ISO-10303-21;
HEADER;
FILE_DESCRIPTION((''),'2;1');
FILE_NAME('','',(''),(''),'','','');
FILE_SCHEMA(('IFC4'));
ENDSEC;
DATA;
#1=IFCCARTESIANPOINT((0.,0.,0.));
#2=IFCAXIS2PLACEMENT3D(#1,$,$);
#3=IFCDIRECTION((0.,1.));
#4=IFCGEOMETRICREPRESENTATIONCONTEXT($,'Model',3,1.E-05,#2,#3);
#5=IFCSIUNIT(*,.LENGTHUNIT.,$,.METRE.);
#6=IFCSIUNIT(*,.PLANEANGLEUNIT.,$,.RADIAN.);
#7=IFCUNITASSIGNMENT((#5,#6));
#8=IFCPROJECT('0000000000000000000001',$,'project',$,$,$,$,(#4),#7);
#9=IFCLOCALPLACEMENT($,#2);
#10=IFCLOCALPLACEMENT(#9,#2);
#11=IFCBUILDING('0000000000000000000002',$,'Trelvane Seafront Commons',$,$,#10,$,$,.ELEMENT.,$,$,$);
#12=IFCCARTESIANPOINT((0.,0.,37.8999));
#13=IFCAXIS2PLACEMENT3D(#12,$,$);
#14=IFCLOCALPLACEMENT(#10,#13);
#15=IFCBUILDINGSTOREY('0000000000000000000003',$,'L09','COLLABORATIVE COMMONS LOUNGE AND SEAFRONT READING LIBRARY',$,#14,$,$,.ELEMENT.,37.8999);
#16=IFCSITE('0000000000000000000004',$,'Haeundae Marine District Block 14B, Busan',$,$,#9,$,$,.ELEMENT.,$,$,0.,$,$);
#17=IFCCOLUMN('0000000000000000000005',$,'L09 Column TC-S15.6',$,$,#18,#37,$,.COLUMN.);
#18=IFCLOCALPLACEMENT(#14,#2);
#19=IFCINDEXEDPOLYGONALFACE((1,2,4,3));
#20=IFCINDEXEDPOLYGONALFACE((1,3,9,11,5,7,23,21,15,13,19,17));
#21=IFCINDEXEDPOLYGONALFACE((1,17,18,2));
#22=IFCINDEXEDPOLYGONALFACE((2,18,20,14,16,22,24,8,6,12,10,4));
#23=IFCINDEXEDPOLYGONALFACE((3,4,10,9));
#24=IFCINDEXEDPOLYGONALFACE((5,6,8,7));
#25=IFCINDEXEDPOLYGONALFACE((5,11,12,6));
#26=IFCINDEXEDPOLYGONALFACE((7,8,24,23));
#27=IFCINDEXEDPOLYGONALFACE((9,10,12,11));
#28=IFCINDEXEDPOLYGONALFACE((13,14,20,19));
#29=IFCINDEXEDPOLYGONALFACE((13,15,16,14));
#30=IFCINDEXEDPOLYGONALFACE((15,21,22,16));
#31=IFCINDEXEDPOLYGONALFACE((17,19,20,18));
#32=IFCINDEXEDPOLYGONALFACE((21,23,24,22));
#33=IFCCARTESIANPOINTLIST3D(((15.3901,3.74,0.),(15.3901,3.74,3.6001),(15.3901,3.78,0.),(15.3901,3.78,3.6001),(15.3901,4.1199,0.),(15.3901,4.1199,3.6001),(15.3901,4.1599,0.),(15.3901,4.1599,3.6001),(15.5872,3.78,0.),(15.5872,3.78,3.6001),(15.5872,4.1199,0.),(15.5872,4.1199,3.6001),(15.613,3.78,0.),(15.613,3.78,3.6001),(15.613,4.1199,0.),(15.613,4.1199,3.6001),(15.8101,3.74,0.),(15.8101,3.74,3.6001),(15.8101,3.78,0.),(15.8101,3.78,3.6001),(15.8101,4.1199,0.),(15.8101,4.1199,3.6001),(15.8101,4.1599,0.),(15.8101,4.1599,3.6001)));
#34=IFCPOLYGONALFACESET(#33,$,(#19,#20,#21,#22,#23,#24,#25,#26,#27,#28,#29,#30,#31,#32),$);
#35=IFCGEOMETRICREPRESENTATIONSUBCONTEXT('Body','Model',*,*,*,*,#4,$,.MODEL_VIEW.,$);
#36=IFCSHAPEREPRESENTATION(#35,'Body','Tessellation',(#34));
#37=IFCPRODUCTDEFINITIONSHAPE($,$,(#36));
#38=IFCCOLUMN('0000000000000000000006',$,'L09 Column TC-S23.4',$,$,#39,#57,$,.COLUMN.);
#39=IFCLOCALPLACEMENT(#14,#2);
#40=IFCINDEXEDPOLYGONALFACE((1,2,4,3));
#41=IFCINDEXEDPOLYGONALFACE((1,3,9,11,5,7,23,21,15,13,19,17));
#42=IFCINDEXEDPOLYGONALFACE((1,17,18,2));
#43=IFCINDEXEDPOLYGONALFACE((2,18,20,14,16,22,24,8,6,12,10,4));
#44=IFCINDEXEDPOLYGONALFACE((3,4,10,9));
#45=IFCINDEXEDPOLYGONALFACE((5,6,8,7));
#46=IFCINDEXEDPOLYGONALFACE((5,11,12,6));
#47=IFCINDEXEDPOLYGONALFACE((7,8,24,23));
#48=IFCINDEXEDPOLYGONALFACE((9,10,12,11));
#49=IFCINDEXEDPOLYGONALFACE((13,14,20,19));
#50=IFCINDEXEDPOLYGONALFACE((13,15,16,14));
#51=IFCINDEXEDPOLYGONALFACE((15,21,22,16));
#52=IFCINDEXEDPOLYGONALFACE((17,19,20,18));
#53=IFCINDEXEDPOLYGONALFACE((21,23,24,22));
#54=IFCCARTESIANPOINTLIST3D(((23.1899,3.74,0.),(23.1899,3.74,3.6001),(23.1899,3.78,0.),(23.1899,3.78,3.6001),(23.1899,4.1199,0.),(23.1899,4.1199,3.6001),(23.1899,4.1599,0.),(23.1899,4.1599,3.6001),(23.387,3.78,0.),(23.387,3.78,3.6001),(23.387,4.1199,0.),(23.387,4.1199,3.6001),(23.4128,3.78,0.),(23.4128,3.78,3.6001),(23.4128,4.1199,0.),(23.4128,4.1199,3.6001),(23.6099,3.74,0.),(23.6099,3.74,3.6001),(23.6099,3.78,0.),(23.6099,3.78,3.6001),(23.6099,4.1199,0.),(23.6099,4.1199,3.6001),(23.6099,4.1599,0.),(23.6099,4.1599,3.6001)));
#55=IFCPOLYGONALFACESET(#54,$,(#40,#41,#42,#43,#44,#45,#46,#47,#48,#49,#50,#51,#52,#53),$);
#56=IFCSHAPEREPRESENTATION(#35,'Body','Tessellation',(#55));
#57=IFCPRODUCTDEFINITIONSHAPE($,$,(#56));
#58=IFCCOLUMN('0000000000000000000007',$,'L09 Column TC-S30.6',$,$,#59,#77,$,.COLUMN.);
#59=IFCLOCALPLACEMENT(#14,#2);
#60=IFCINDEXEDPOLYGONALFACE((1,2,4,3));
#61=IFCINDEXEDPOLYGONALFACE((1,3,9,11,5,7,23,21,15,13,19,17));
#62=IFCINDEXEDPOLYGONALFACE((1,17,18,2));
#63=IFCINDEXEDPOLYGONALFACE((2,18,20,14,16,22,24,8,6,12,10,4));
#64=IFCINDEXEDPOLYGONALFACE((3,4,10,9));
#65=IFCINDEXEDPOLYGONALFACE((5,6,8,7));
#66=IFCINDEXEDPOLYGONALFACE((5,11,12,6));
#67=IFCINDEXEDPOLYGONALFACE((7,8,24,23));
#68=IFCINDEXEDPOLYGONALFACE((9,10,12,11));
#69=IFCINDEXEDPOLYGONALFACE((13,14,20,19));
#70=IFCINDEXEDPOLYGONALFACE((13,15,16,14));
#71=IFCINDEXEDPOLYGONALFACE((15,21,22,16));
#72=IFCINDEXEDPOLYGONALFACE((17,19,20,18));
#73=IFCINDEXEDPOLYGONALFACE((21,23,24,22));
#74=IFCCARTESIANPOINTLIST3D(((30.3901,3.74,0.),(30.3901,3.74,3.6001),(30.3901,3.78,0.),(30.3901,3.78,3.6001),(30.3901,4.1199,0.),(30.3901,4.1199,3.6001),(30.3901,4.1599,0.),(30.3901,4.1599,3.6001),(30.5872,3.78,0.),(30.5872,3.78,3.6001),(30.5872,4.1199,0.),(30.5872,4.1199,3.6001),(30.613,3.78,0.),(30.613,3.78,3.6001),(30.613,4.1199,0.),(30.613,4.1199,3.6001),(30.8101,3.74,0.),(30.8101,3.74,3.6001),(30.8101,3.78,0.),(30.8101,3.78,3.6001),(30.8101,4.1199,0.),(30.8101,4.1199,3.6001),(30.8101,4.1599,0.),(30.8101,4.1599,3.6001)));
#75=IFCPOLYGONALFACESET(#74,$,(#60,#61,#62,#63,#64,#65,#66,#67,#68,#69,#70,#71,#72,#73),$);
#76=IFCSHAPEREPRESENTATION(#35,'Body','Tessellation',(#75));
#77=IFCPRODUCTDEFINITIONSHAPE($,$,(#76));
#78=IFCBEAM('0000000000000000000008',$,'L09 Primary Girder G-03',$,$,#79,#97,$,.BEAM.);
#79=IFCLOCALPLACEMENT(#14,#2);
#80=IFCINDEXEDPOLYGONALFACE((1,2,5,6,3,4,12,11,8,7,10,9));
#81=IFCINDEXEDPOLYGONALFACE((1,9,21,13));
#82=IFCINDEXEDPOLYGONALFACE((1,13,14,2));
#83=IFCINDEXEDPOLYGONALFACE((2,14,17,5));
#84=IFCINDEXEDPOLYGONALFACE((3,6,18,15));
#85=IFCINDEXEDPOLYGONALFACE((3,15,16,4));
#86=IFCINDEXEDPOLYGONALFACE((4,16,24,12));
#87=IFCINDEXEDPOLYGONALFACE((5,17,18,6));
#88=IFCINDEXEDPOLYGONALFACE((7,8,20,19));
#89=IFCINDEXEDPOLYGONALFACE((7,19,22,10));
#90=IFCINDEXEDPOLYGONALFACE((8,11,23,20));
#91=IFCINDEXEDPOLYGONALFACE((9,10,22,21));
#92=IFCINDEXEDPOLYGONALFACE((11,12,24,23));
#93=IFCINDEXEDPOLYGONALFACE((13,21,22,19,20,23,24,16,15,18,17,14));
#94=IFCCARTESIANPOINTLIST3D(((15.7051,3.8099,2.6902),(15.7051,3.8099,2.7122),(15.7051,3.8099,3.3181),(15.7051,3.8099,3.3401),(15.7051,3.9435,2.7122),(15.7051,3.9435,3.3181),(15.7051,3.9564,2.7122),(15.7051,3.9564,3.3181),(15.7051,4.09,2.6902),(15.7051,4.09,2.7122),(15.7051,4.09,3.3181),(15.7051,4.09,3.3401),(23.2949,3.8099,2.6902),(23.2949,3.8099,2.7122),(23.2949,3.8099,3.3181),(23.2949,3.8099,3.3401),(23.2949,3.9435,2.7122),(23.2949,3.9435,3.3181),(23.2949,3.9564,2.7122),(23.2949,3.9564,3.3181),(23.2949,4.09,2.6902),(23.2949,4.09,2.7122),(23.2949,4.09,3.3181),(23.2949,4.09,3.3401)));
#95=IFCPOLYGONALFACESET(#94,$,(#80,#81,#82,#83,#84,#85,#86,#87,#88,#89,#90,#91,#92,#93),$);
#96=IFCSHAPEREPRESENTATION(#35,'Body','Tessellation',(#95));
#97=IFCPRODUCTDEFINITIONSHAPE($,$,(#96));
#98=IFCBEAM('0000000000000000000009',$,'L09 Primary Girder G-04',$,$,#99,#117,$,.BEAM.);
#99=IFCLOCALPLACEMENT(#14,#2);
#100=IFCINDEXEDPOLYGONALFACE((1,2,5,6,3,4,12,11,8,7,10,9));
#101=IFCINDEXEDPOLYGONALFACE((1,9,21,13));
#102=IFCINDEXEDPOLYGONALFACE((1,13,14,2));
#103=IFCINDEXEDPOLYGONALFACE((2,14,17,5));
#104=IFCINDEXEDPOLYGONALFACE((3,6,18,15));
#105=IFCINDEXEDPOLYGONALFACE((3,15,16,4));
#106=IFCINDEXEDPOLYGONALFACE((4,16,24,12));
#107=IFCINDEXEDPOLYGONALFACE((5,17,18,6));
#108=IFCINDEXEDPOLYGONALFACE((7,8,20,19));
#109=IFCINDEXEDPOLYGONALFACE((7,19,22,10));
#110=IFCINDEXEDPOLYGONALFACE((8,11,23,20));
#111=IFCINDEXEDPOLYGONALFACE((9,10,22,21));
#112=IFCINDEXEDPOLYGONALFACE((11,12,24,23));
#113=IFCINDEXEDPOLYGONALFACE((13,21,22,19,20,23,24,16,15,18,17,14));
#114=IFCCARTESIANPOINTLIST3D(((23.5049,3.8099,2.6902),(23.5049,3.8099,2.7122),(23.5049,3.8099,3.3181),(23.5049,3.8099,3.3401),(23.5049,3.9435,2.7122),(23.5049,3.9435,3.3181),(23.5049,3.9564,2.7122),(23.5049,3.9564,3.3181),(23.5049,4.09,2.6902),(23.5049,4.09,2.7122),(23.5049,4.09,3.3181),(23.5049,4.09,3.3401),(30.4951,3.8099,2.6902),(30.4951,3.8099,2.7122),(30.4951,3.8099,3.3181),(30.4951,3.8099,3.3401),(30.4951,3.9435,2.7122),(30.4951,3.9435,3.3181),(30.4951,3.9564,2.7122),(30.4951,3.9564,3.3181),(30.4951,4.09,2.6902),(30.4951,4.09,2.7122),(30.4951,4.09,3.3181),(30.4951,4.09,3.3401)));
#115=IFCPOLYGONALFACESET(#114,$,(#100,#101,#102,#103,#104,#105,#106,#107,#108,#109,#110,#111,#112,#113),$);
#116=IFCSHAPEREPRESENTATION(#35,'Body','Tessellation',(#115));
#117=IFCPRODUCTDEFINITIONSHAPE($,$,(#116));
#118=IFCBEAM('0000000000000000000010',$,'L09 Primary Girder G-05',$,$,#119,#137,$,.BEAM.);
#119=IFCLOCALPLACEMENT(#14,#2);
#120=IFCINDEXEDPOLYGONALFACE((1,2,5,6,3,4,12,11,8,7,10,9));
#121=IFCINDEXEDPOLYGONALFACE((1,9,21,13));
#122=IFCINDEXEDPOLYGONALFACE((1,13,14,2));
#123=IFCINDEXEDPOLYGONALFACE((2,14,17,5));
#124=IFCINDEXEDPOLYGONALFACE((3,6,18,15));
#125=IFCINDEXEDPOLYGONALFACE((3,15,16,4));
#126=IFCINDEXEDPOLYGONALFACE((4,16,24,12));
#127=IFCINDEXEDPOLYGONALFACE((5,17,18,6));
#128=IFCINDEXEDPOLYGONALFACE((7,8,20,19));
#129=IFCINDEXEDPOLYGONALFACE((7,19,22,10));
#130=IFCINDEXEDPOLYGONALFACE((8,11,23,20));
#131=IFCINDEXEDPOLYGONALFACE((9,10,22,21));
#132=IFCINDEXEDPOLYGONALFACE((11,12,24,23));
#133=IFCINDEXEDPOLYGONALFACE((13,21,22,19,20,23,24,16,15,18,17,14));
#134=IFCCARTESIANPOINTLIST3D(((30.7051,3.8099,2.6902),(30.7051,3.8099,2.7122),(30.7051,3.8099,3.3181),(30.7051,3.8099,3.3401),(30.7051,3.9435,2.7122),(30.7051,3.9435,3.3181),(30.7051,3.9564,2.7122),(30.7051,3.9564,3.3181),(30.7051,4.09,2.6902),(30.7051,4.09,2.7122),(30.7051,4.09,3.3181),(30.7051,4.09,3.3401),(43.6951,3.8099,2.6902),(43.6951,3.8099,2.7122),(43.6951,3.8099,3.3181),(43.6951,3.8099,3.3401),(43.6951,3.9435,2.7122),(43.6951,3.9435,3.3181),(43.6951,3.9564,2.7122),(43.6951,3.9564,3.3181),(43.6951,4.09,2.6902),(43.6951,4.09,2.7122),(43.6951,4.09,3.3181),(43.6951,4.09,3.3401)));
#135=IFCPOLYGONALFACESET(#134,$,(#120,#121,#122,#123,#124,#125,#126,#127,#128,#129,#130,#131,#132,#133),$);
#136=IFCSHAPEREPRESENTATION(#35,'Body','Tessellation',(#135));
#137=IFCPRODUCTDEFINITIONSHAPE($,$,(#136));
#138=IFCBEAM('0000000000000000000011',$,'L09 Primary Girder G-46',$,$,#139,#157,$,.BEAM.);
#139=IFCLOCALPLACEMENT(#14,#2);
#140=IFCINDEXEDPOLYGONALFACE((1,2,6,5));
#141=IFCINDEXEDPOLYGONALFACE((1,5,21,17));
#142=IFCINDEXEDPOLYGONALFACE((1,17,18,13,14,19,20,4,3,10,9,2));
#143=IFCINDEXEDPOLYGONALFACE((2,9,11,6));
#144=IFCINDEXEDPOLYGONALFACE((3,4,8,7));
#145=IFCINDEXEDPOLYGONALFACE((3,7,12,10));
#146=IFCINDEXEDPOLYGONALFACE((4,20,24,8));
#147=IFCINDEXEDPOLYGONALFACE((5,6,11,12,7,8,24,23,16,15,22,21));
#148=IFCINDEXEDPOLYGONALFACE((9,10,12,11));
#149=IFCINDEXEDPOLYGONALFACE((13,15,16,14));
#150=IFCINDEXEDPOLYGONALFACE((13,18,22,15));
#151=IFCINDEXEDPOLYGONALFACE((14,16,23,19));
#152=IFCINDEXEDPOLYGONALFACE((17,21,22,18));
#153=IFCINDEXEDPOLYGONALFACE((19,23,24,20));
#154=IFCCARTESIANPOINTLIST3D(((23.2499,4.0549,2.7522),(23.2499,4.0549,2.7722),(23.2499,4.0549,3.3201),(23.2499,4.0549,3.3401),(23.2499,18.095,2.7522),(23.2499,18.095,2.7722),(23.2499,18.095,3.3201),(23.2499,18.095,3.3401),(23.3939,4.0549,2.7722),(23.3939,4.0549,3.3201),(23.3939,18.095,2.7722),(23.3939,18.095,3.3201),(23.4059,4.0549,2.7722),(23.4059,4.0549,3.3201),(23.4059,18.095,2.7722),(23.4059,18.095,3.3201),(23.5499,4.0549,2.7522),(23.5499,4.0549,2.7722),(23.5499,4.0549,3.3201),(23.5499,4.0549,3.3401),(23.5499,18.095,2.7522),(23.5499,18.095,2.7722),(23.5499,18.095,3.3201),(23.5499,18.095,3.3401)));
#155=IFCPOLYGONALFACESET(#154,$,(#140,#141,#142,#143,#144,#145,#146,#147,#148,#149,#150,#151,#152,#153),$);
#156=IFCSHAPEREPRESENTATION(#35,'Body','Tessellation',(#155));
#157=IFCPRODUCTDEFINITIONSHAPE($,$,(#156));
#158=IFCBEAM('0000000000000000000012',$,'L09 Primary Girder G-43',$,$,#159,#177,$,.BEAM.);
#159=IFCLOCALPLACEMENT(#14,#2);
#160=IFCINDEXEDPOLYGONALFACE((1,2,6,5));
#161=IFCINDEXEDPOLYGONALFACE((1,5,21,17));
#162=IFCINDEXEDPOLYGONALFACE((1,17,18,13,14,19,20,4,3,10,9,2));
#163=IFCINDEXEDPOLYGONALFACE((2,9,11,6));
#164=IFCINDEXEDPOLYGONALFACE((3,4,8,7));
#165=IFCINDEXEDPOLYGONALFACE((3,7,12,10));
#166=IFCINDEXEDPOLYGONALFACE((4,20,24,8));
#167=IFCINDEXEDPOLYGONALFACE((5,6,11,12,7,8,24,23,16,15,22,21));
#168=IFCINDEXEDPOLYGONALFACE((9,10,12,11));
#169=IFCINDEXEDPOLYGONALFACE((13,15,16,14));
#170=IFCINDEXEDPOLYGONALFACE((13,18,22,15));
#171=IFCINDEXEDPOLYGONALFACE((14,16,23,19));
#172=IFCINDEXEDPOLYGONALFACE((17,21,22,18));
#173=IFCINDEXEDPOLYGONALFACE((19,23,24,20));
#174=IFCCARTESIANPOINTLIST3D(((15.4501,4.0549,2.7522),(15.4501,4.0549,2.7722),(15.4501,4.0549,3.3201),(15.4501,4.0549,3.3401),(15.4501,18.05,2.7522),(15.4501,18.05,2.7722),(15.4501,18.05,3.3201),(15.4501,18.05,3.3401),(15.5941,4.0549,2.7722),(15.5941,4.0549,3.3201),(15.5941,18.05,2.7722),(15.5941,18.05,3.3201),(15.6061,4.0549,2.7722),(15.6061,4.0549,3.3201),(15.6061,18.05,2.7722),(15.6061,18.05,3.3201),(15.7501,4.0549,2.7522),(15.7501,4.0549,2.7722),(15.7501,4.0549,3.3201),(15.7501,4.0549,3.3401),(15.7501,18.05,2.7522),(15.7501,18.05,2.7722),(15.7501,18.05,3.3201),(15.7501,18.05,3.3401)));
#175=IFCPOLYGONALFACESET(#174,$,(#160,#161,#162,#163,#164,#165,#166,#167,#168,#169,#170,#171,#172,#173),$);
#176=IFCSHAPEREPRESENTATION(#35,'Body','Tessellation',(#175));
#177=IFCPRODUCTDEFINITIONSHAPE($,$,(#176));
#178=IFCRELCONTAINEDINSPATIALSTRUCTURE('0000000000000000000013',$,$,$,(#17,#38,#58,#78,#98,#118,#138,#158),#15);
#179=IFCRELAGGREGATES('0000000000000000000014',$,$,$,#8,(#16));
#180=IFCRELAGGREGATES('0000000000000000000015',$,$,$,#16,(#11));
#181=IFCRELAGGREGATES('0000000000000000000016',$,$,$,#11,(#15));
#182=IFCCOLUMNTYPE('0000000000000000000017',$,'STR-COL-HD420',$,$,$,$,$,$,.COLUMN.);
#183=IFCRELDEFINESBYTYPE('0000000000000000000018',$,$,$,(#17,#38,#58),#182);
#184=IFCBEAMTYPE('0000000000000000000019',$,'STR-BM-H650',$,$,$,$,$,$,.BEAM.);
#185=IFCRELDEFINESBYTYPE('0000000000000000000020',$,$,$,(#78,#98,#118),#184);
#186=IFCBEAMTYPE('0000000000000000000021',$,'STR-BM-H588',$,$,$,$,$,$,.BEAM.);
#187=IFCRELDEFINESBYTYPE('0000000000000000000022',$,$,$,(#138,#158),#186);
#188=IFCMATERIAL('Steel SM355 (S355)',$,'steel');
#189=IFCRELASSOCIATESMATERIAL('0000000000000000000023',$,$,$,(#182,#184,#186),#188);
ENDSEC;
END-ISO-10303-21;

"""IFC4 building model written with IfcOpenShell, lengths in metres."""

from ifc_helpers import new_model, si_unit, direction, frame, origin, origin_2d, place, context, subcontext, project, spatial, i_section, extrude, source, transform, mapped, material, material_profile, profile_set, type_object, element, save


model = new_model("IFC4")

# Units and contexts
model_context = context("Model", 3, precision=1e-05, world=origin(), true_north=direction((0.0, 1.0)))
body_context = subcontext(model_context, "Body", "Model", "MODEL_VIEW")
ifc_project = project(units=[si_unit("LENGTHUNIT", "METRE"), si_unit("PLANEANGLEUNIT", "RADIAN")], contexts=[model_context])

# Site, building, storey
site_placement = place(None, origin())
site = spatial("IfcSite", under=ifc_project, at=site_placement, Name="Haeundae Marine District Block 14B, Busan", CompositionType="ELEMENT", RefElevation=0.0)
building_placement = place(site_placement, origin())
building = spatial("IfcBuilding", under=site, at=building_placement, Name="Trelvane Seafront Commons", CompositionType="ELEMENT")
storey_placement = place(building_placement, frame((0.0, 0.0, 37.8999)))
storey = spatial("IfcBuildingStorey", under=building, at=storey_placement, Name="L09", Description="COLLABORATIVE COMMONS LOUNGE AND SEAFRONT READING LIBRARY", CompositionType="ELEMENT", Elevation=37.8999)

# Columns
ifc_material_1 = material(Name="Steel SM355 (S355)", Category="steel")
ifc_material_profile_1 = material_profile(ifc_material_1, i_section(OverallWidth=0.4199, OverallDepth=0.4199, WebThickness=0.0259, FlangeThickness=0.04, at=origin_2d()), Name="HD-420x420x26x40")
ifc_profile_set_1 = profile_set([ifc_material_profile_1], Name="Steel SM355 (S355)")
column_type = type_object("IfcColumnType", Name="STR-COL-HD420", PredefinedType="COLUMN", material=ifc_profile_set_1)
shared_shape_1 = source(origin(), body_context, "Body", "SweptSolid", [
    extrude(i_section(OverallWidth=0.4199, OverallDepth=0.4199, WebThickness=0.0259, FlangeThickness=0.04, at=origin_2d()), origin(), (0.0, 0.0, 1.0), 3.6001),
])
for number, where, z_axis, x_axis, name in (
    (1, (15.6001, 3.95, 0.0), (0.0, 0.0, 1.0), (1.0, 0.0, 0.0), "L09 Column TC-S15.6"),
    (2, (23.3999, 3.95, 0.0), (0.0, 0.0, 1.0), (1.0, 0.0, 0.0), "L09 Column TC-S23.4"),
    (3, (30.6001, 3.95, 0.0), (0.0, 0.0, 1.0), (1.0, 0.0, 0.0), "L09 Column TC-S30.6"),
):
    element("IfcColumn", number, at=place(storey_placement, frame(where, z_axis=z_axis, x_axis=x_axis)), inside=storey, type_object=column_type, Name=name, PredefinedType="COLUMN", context=body_context, shape_type="MappedRepresentation", body=[
        mapped(shared_shape_1, transform((0.0, 0.0, 0.0), x_axis=(1.0, 0.0, 0.0), y_axis=(0.0, 1.0, 0.0), z_axis=(0.0, 0.0, 1.0), scale=1.0)),
    ])

# Beams
ifc_material_profile_2 = material_profile(ifc_material_1, i_section(OverallWidth=0.28, OverallDepth=0.6499, WebThickness=0.0129, FlangeThickness=0.022, at=origin_2d()), Name="H-650x280x13x22")
ifc_profile_set_2 = profile_set([ifc_material_profile_2], Name="Steel SM355 (S355)")
beam_type_1 = type_object("IfcBeamType", Name="STR-BM-H650", PredefinedType="BEAM", material=ifc_profile_set_2)
shared_shape_2 = source(origin(), body_context, "Body", "SweptSolid", [
    extrude(i_section(OverallWidth=0.28, OverallDepth=0.6499, WebThickness=0.0129, FlangeThickness=0.022, at=origin_2d()), origin(), (0.0, 0.0, 1.0), 7.5898),
])
beam_1_placement = place(storey_placement, frame((15.7051, 3.95, 3.0151), z_axis=(1.0, 0.0, 0.0), x_axis=(0.0, 1.0, 0.0)))
element("IfcBeam", 4, at=beam_1_placement, inside=storey, type_object=beam_type_1, Name="L09 Primary Girder G-03", PredefinedType="BEAM", context=body_context, shape_type="MappedRepresentation", body=[
    mapped(shared_shape_2, transform((0.0, 0.0, 0.0), x_axis=(1.0, 0.0, 0.0), y_axis=(0.0, 1.0, 0.0), z_axis=(0.0, 0.0, 1.0), scale=1.0)),
])
shared_shape_3 = source(origin(), body_context, "Body", "SweptSolid", [
    extrude(i_section(OverallWidth=0.28, OverallDepth=0.6499, WebThickness=0.0129, FlangeThickness=0.022, at=origin_2d()), origin(), (0.0, 0.0, 1.0), 6.9902),
])
beam_2_placement = place(storey_placement, frame((23.5049, 3.95, 3.0151), z_axis=(1.0, 0.0, 0.0), x_axis=(0.0, 1.0, 0.0)))
element("IfcBeam", 5, at=beam_2_placement, inside=storey, type_object=beam_type_1, Name="L09 Primary Girder G-04", PredefinedType="BEAM", context=body_context, shape_type="MappedRepresentation", body=[
    mapped(shared_shape_3, transform((0.0, 0.0, 0.0), x_axis=(1.0, 0.0, 0.0), y_axis=(0.0, 1.0, 0.0), z_axis=(0.0, 0.0, 1.0), scale=1.0)),
])
shared_shape_4 = source(origin(), body_context, "Body", "SweptSolid", [
    extrude(i_section(OverallWidth=0.28, OverallDepth=0.6499, WebThickness=0.0129, FlangeThickness=0.022, at=origin_2d()), origin(), (0.0, 0.0, 1.0), 12.99),
])
beam_3_placement = place(storey_placement, frame((30.7051, 3.95, 3.0151), z_axis=(1.0, 0.0, 0.0), x_axis=(0.0, 1.0, 0.0)))
element("IfcBeam", 6, at=beam_3_placement, inside=storey, type_object=beam_type_1, Name="L09 Primary Girder G-05", PredefinedType="BEAM", context=body_context, shape_type="MappedRepresentation", body=[
    mapped(shared_shape_4, transform((0.0, 0.0, 0.0), x_axis=(1.0, 0.0, 0.0), y_axis=(0.0, 1.0, 0.0), z_axis=(0.0, 0.0, 1.0), scale=1.0)),
])
ifc_material_profile_3 = material_profile(ifc_material_1, i_section(OverallWidth=0.3, OverallDepth=0.5879, WebThickness=0.012, FlangeThickness=0.02, at=origin_2d()), Name="H-588x300x12x20")
ifc_profile_set_3 = profile_set([ifc_material_profile_3], Name="Steel SM355 (S355)")
beam_type_2 = type_object("IfcBeamType", Name="STR-BM-H588", PredefinedType="BEAM", material=ifc_profile_set_3)
shared_shape_5 = source(origin(), body_context, "Body", "SweptSolid", [
    extrude(i_section(OverallWidth=0.3, OverallDepth=0.5879, WebThickness=0.012, FlangeThickness=0.02, at=origin_2d()), origin(), (0.0, 0.0, 1.0), 14.04),
])
beam_4_placement = place(storey_placement, frame((23.3999, 4.0549, 3.0461), z_axis=(0.0, 1.0, 0.0), x_axis=(-1.0, 0.0, 0.0)))
element("IfcBeam", 7, at=beam_4_placement, inside=storey, type_object=beam_type_2, Name="L09 Primary Girder G-46", PredefinedType="BEAM", context=body_context, shape_type="MappedRepresentation", body=[
    mapped(shared_shape_5, transform((0.0, 0.0, 0.0), x_axis=(1.0, 0.0, 0.0), y_axis=(0.0, 1.0, 0.0), z_axis=(0.0, 0.0, 1.0), scale=1.0)),
])
shared_shape_6 = source(origin(), body_context, "Body", "SweptSolid", [
    extrude(i_section(OverallWidth=0.3, OverallDepth=0.5879, WebThickness=0.012, FlangeThickness=0.02, at=origin_2d()), origin(), (0.0, 0.0, 1.0), 13.9951),
])
for number, where, z_axis, x_axis, name in (
    (8, (15.6001, 4.0549, 3.0461), (0.0, 1.0, 0.0), (-1.0, 0.0, 0.0), "L09 Primary Girder G-43"),
):
    element("IfcBeam", number, at=place(storey_placement, frame(where, z_axis=z_axis, x_axis=x_axis)), inside=storey, type_object=beam_type_2, Name=name, PredefinedType="BEAM", context=body_context, shape_type="MappedRepresentation", body=[
        mapped(shared_shape_6, transform((0.0, 0.0, 0.0), x_axis=(1.0, 0.0, 0.0), y_axis=(0.0, 1.0, 0.0), z_axis=(0.0, 0.0, 1.0), scale=1.0)),
    ])

save(model, "model.ifc")
